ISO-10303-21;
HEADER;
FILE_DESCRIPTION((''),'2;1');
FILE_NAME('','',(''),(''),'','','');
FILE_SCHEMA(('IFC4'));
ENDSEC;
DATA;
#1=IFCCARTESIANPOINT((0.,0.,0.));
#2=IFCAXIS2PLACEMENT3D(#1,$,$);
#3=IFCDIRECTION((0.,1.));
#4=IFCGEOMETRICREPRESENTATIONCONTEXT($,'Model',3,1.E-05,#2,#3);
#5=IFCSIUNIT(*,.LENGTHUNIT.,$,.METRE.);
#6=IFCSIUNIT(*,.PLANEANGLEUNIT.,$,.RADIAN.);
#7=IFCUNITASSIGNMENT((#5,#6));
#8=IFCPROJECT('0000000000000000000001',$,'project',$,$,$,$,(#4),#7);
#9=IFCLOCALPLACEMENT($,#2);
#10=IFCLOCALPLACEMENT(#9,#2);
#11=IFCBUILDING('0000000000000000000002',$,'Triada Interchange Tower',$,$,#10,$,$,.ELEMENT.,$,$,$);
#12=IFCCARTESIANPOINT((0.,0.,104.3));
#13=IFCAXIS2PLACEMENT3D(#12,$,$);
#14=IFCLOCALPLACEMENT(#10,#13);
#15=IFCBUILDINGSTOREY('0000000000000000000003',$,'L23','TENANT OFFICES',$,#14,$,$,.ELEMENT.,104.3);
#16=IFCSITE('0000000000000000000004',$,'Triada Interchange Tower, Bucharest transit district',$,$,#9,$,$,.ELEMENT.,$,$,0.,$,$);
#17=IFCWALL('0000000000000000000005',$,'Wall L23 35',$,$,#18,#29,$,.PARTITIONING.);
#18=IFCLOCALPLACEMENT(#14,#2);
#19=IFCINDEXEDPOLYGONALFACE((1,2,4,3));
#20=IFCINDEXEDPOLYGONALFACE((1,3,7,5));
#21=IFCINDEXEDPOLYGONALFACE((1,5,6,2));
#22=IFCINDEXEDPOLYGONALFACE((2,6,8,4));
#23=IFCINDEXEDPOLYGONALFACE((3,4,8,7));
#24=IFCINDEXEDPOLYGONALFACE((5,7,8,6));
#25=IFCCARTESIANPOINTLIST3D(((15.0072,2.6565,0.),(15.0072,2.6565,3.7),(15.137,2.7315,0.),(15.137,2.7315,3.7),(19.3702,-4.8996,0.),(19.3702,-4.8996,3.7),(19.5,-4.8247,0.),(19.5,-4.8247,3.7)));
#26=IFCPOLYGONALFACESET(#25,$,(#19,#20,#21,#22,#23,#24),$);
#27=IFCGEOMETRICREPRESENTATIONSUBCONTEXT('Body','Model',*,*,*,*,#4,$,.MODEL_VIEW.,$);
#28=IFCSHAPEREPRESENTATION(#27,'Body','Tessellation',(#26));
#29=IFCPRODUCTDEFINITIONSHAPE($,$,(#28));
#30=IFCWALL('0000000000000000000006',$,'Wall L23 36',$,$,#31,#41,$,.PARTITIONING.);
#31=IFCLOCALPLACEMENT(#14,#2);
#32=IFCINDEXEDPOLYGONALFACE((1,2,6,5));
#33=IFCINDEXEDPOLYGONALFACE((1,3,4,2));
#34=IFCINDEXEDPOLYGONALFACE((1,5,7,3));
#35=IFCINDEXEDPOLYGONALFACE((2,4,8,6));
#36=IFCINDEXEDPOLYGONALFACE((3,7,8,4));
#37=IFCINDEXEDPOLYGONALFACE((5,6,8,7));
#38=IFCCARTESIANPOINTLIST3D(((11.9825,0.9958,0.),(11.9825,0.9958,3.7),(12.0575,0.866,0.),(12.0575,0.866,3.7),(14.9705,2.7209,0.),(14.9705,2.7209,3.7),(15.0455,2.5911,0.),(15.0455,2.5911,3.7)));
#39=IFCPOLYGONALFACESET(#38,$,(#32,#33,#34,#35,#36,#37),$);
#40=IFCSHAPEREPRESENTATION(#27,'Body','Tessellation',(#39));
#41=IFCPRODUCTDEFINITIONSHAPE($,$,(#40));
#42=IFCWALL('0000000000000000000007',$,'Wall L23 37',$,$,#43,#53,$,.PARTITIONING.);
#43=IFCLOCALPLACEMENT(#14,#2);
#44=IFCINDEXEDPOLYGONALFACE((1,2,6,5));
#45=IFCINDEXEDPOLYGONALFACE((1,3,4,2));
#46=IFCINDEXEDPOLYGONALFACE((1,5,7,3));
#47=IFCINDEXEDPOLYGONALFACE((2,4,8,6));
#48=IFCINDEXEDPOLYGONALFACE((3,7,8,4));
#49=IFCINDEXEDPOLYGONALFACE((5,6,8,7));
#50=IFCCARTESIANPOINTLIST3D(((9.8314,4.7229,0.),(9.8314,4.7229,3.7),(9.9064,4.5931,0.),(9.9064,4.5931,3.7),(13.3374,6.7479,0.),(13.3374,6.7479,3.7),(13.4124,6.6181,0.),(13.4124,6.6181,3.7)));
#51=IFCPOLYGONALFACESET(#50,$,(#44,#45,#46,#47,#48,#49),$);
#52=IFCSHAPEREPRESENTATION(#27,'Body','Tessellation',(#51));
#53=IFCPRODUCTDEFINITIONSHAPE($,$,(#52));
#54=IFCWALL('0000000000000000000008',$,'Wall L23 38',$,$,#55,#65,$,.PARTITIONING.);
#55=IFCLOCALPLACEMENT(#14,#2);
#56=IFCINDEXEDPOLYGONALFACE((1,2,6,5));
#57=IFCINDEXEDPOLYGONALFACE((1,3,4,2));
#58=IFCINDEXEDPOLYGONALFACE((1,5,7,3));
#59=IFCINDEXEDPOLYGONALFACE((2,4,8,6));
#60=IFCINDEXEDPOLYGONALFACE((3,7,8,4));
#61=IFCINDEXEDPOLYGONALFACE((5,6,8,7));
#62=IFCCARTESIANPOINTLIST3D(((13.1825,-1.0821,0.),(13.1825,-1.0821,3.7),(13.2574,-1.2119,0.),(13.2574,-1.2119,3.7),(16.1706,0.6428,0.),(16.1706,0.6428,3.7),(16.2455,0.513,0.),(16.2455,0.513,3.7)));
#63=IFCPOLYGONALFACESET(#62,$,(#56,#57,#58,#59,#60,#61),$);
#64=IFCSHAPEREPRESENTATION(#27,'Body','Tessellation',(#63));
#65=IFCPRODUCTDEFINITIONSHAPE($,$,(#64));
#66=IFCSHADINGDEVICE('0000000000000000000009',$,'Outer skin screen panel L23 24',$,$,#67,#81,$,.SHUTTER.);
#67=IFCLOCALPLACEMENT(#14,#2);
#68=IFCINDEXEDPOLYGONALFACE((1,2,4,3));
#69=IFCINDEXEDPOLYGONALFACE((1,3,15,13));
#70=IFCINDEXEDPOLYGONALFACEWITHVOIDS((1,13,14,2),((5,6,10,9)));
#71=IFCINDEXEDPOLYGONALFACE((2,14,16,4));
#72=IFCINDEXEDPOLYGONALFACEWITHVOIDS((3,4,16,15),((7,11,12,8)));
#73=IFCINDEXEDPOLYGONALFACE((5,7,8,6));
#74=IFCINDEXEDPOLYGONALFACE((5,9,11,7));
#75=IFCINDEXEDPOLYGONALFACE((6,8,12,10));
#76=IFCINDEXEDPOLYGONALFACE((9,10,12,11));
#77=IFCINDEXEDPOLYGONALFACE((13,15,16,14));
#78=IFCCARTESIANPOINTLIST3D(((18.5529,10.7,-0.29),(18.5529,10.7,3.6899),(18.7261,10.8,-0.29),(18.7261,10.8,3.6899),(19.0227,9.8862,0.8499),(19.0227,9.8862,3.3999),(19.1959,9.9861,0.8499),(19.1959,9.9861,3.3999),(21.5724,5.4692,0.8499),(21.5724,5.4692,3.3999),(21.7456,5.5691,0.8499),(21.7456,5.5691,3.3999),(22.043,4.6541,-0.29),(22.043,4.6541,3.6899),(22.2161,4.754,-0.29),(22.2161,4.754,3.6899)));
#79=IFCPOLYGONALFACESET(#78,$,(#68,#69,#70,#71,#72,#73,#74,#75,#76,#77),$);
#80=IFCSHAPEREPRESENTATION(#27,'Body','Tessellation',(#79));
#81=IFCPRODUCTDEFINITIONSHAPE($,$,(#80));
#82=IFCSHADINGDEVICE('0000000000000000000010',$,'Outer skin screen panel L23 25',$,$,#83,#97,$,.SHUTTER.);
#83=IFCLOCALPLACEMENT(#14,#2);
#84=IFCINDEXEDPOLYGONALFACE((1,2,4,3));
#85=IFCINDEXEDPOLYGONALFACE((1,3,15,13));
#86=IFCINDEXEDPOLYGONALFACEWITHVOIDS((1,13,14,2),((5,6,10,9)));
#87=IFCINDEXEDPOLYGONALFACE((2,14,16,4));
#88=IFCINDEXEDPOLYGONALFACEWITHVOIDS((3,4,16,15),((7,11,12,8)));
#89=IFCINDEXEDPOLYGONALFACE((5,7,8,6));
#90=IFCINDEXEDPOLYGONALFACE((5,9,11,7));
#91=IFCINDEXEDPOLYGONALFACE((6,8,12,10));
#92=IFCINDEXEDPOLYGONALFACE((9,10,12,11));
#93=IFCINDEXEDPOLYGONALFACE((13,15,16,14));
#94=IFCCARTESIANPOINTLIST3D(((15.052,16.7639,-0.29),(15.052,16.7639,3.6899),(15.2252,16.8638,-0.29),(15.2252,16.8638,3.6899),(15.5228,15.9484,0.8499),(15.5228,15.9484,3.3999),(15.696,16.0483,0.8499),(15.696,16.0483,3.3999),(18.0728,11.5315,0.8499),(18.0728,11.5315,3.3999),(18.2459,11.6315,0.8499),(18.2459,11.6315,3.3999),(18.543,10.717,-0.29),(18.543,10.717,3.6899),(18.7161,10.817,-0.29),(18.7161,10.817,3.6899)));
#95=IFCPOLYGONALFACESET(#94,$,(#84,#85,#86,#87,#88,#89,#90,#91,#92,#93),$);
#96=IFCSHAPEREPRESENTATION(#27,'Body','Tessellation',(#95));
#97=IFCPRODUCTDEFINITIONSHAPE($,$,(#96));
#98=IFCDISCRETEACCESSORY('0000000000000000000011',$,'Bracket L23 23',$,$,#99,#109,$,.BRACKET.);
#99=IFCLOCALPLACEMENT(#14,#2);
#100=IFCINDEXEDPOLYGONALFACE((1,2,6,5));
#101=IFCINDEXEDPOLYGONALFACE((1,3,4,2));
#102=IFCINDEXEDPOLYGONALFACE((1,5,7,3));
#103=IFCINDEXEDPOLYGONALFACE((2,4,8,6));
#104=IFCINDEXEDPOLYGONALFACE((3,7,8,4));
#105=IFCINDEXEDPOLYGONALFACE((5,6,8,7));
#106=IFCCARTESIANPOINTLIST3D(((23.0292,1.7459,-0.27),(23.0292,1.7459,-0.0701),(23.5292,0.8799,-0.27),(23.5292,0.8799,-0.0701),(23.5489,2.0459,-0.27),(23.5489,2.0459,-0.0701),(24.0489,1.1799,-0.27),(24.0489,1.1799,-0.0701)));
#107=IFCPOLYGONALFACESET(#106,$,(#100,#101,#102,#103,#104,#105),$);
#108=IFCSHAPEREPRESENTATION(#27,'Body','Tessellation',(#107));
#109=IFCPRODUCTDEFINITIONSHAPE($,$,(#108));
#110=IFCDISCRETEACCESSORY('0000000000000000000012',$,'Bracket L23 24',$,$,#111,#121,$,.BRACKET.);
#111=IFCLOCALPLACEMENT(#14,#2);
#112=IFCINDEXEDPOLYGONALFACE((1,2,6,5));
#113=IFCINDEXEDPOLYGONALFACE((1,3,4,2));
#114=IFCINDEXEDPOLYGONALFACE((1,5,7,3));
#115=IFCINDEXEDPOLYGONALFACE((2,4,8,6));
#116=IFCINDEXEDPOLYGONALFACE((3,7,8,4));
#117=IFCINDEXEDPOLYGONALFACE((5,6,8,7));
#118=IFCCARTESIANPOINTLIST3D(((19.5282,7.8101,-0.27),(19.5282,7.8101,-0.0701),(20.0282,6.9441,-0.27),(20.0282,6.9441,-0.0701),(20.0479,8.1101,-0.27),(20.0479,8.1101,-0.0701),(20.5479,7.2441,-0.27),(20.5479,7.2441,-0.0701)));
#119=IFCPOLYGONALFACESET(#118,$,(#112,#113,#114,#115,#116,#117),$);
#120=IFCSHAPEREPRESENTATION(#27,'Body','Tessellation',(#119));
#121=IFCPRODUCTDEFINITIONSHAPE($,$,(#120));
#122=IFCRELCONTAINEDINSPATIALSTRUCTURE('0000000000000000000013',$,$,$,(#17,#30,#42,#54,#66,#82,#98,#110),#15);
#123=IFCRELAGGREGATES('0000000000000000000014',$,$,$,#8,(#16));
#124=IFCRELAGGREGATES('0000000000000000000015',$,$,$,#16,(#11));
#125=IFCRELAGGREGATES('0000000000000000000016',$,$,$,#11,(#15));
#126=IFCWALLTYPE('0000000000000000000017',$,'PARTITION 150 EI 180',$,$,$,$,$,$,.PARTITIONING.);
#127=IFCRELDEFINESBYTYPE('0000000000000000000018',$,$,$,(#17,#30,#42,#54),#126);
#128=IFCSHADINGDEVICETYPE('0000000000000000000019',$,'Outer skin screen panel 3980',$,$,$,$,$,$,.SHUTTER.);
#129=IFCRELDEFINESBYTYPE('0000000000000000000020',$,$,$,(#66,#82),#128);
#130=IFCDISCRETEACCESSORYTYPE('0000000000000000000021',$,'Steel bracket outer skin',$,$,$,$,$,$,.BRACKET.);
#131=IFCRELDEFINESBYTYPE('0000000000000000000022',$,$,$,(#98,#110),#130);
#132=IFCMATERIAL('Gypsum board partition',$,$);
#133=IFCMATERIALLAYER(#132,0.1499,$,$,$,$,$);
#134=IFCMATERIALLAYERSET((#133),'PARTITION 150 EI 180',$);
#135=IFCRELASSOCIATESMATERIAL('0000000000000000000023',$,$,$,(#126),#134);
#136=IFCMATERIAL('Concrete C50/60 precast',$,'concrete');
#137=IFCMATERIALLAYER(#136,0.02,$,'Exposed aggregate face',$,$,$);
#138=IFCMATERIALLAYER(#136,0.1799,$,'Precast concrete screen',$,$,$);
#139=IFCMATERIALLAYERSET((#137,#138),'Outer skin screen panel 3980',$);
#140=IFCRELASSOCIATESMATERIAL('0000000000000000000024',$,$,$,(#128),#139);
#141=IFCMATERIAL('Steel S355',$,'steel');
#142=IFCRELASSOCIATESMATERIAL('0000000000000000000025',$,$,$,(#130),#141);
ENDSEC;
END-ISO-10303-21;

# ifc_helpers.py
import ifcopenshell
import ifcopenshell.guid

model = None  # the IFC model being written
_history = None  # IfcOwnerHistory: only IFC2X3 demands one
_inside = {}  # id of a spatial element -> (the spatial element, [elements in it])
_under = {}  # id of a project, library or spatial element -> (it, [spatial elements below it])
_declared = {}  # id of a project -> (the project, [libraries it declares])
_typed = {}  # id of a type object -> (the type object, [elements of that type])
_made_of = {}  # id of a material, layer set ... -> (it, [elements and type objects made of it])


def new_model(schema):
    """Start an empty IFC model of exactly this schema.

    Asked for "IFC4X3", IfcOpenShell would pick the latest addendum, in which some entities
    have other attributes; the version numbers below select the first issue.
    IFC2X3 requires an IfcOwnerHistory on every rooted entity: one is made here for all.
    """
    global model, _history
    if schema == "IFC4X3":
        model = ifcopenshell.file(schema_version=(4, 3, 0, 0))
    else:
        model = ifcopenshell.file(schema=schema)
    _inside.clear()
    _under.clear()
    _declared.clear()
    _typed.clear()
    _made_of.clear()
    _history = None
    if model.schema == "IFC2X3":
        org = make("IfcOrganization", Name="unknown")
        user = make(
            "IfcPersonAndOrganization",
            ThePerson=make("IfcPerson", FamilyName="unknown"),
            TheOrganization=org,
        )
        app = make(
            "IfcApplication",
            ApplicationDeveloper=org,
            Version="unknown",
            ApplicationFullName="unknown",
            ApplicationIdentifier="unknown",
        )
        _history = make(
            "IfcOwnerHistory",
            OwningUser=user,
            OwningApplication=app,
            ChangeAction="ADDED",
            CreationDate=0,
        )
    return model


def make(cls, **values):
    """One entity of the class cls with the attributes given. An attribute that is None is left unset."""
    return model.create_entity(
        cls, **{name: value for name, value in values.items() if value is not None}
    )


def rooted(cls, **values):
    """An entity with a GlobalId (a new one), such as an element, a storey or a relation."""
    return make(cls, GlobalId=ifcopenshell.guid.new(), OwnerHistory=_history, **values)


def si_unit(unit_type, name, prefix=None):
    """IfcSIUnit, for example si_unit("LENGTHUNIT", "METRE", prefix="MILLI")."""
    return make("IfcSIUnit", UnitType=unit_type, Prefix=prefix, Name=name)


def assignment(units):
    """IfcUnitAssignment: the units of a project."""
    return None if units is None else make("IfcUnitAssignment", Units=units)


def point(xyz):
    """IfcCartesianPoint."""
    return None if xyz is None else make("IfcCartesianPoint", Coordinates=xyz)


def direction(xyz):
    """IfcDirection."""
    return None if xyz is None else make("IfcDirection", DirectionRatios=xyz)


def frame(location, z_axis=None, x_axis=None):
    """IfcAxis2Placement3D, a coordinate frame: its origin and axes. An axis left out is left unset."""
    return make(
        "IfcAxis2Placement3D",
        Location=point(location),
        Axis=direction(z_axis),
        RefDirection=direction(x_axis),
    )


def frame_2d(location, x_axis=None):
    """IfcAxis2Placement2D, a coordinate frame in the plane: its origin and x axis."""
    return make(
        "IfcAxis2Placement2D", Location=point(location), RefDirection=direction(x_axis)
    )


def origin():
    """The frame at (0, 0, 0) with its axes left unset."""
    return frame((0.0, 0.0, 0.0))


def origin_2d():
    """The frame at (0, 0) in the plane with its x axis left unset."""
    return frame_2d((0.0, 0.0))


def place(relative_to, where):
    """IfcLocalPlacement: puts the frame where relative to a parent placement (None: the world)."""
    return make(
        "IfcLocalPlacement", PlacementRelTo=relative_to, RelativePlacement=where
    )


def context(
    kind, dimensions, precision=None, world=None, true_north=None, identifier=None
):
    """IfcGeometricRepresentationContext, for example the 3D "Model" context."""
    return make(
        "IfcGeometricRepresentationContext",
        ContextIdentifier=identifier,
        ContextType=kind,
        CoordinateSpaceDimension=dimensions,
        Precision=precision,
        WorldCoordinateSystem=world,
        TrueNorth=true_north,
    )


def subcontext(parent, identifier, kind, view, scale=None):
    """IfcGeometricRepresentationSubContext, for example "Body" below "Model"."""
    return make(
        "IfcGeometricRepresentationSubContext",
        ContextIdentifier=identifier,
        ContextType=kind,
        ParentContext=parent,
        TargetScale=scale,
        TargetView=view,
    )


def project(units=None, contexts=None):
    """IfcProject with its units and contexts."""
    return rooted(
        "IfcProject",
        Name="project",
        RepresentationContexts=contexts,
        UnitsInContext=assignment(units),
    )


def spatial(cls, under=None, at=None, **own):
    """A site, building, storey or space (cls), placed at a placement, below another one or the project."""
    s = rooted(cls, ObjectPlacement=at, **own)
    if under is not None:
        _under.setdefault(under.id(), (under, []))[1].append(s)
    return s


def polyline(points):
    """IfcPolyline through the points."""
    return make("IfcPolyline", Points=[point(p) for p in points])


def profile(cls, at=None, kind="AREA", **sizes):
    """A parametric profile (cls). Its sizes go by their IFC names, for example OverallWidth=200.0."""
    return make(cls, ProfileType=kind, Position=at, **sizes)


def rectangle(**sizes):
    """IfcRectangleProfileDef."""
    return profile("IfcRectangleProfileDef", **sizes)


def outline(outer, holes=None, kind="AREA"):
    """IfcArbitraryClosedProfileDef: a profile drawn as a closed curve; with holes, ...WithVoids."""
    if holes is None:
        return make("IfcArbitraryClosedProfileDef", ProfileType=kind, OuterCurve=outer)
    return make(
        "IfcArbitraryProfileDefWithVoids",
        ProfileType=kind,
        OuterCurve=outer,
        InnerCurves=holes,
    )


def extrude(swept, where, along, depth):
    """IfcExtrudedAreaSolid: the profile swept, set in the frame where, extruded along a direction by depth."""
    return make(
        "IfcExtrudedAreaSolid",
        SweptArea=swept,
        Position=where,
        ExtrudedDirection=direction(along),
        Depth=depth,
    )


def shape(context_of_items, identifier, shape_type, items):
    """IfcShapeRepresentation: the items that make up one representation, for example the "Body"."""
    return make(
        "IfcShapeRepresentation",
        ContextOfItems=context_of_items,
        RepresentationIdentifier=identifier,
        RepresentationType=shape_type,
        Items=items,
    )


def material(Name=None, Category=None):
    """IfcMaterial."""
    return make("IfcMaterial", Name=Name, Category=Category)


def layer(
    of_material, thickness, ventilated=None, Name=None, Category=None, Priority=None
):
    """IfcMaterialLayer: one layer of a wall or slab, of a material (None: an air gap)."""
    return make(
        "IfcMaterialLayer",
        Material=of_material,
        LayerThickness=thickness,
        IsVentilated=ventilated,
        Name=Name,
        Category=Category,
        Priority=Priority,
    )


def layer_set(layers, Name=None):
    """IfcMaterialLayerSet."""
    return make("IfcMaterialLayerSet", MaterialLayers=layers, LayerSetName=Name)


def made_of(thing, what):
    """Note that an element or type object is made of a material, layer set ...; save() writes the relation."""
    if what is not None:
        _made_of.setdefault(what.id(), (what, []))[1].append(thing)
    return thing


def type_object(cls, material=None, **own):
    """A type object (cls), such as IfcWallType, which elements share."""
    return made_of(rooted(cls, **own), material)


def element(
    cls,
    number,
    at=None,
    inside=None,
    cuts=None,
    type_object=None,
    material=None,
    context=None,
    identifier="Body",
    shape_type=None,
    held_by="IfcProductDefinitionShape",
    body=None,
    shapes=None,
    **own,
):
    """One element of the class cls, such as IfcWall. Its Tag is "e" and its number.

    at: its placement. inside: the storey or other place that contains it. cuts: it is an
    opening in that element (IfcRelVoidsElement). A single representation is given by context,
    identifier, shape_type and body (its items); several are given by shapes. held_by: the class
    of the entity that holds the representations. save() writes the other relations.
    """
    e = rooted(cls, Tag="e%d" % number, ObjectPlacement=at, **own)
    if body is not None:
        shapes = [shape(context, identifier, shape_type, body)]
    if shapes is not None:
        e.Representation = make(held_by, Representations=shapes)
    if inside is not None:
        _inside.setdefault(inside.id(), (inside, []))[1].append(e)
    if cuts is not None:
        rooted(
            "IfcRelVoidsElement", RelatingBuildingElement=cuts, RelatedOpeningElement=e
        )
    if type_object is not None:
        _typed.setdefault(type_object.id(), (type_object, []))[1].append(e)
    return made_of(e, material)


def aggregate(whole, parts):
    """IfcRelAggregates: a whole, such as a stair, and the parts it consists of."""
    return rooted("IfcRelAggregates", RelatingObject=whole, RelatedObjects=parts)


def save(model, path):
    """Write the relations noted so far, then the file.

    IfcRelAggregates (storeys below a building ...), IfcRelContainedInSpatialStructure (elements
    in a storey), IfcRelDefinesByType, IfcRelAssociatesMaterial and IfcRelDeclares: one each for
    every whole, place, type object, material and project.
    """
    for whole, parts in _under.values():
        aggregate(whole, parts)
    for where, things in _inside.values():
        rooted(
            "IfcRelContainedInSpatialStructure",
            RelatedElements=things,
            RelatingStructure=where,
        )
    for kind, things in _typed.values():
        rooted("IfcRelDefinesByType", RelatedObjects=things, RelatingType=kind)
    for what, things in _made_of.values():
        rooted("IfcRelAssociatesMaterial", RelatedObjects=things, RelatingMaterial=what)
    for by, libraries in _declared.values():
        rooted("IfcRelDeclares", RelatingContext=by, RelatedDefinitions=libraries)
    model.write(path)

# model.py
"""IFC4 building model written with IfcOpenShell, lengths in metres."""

from ifc_helpers import new_model, si_unit, direction, frame, frame_2d, origin, origin_2d, place, context, subcontext, project, spatial, polyline, rectangle, outline, extrude, material, layer, layer_set, type_object, element, save


model = new_model("IFC4")

# Units and contexts
model_context = context("Model", 3, precision=1e-05, world=origin(), true_north=direction((0.0, 1.0)))
body_context = subcontext(model_context, "Body", "Model", "MODEL_VIEW")
ifc_project = project(units=[si_unit("LENGTHUNIT", "METRE"), si_unit("PLANEANGLEUNIT", "RADIAN")], contexts=[model_context])

# Site, building, storey
site_placement = place(None, origin())
site = spatial("IfcSite", under=ifc_project, at=site_placement, Name="Triada Interchange Tower, Bucharest transit district", CompositionType="ELEMENT", RefElevation=0.0)
building_placement = place(site_placement, origin())
building = spatial("IfcBuilding", under=site, at=building_placement, Name="Triada Interchange Tower", CompositionType="ELEMENT")
storey_placement = place(building_placement, frame((0.0, 0.0, 104.3)))
storey = spatial("IfcBuildingStorey", under=building, at=storey_placement, Name="L23", Description="TENANT OFFICES", CompositionType="ELEMENT", Elevation=104.3)

# Shared definitions
ifc_material_1 = material(Name="Gypsum board partition")
ifc_layer_1 = layer(ifc_material_1, 0.1499)
ifc_layer_set_1 = layer_set([ifc_layer_1], Name="PARTITION 150 EI 180")
wall_type = type_object("IfcWallType", Name="PARTITION 150 EI 180", PredefinedType="PARTITIONING", material=ifc_layer_set_1)

# Walls
wall_1_placement = place(storey_placement, frame((15.072, 2.6941, 0.0), z_axis=(0.0, 0.0, 1.0), x_axis=(0.500042, -0.866001, 0.0)))
element("IfcWall", 1, at=wall_1_placement, inside=storey, type_object=wall_type, Name="Wall L23 35", PredefinedType="PARTITIONING", context=body_context, shape_type="SweptSolid", body=[
    extrude(rectangle(XDim=8.7253, YDim=0.1499, at=frame_2d((4.3628, 0.0))), origin(), (0.0, 0.0, 1.0), 3.7),
])
wall_2_placement = place(storey_placement, frame((12.02, 0.9309, 0.0), z_axis=(0.0, 0.0, 1.0), x_axis=(0.866031, 0.49999, 0.0)))
element("IfcWall", 2, at=wall_2_placement, inside=storey, type_object=wall_type, Name="Wall L23 36", PredefinedType="PARTITIONING", context=body_context, shape_type="SweptSolid", body=[
    extrude(rectangle(XDim=3.4502, YDim=0.1499, at=frame_2d((1.7251, 0.0))), origin(), (0.0, 0.0, 1.0), 3.7),
])
wall_3_placement = place(storey_placement, frame((9.8689, 4.658, 0.0), z_axis=(0.0, 0.0, 1.0), x_axis=(0.865929, 0.500166, 0.0)))
element("IfcWall", 3, at=wall_3_placement, inside=storey, type_object=wall_type, Name="Wall L23 37", PredefinedType="PARTITIONING", context=body_context, shape_type="SweptSolid", body=[
    extrude(rectangle(XDim=4.0488, YDim=0.1499, at=frame_2d((2.0244, 0.0))), origin(), (0.0, 0.0, 1.0), 3.7),
])
wall_4_placement = place(storey_placement, frame((13.22, -1.147, 0.0), z_axis=(0.0, 0.0, 1.0), x_axis=(0.866062, 0.499937, 0.0)))
element("IfcWall", 4, at=wall_4_placement, inside=storey, type_object=wall_type, Name="Wall L23 38", PredefinedType="PARTITIONING", context=body_context, shape_type="SweptSolid", body=[
    extrude(rectangle(XDim=3.4502, YDim=0.1499, at=frame_2d((1.7251, 0.0))), origin(), (0.0, 0.0, 1.0), 3.7),
])

# Shading devices
ifc_material_2 = material(Name="Concrete C50/60 precast", Category="concrete")
ifc_layer_2 = layer(ifc_material_2, 0.02, Name="Exposed aggregate face")
ifc_layer_3 = layer(ifc_material_2, 0.1799, Name="Precast concrete screen")
ifc_layer_set_2 = layer_set([ifc_layer_2, ifc_layer_3], Name="Outer skin screen panel 3980")
shading_device_type = type_object("IfcShadingDeviceType", Name="Outer skin screen panel 3980", PredefinedType="SHUTTER", material=ifc_layer_set_2)
shading_device_1_placement = place(storey_placement, frame((22.043, 4.6541, -0.29), z_axis=(0.0, 0.0, 1.0), x_axis=(-0.499934, 0.866063, 0.0)))
element("IfcShadingDevice", 5, at=shading_device_1_placement, inside=storey, type_object=shading_device_type, Name="Outer skin screen panel L23 24", PredefinedType="SHUTTER", context=body_context, shape_type="SweptSolid", body=[
    extrude(outline(polyline([(0.0, 0.0), (6.981, 0.0), (6.981, 3.98), (0.0, 3.98), (0.0, 0.0)]), holes=[polyline([(0.9412, 1.1399), (0.9412, 3.6899), (6.0413, 3.6899), (6.0413, 1.1399), (0.9412, 1.1399)])]), frame((0.0, 0.0, 0.0), z_axis=(0.0, -1.0, 0.0), x_axis=(1.0, 0.0, 0.0)), (0.0, 0.0, 1.0), 0.2),
])
shading_device_2_placement = place(storey_placement, frame((18.543, 10.717, -0.29), z_axis=(0.0, 0.0, 1.0), x_axis=(-0.499979, 0.866038, 0.0)))
element("IfcShadingDevice", 6, at=shading_device_2_placement, inside=storey, type_object=shading_device_type, Name="Outer skin screen panel L23 25", PredefinedType="SHUTTER", context=body_context, shape_type="SweptSolid", body=[
    extrude(outline(polyline([(0.0, 0.0), (6.9822, 0.0), (6.9822, 3.98), (0.0, 3.98), (0.0, 0.0)]), holes=[polyline([(0.9404, 1.1399), (0.9404, 3.6899), (6.0405, 3.6899), (6.0405, 1.1399), (0.9404, 1.1399)])]), frame((0.0, 0.0, 0.0), z_axis=(0.0, -1.0, 0.0), x_axis=(1.0, 0.0, 0.0)), (0.0, 0.0, 1.0), 0.2),
])

# Discrete accessories
ifc_material_3 = material(Name="Steel S355", Category="steel")
discrete_accessory_type = type_object("IfcDiscreteAccessoryType", Name="Steel bracket outer skin", PredefinedType="BRACKET", material=ifc_material_3)
for number, where, z_axis, x_axis, name in (
    (7, (23.5391, 1.4629, -0.27), (0.0, 0.0, 1.0), (0.866022, 0.500006, 0.0), "Bracket L23 23"),
    (8, (20.0381, 7.5271, -0.27), (0.0, 0.0, 1.0), (0.866022, 0.500006, 0.0), "Bracket L23 24"),
):
    element("IfcDiscreteAccessory", number, at=place(storey_placement, frame(where, z_axis=z_axis, x_axis=x_axis)), inside=storey, type_object=discrete_accessory_type, Name=name, PredefinedType="BRACKET", context=body_context, shape_type="SweptSolid", body=[
        extrude(rectangle(XDim=0.6001, YDim=1.0, at=origin_2d()), origin(), (0.0, 0.0, 1.0), 0.2),
    ])

save(model, "model.ifc")
